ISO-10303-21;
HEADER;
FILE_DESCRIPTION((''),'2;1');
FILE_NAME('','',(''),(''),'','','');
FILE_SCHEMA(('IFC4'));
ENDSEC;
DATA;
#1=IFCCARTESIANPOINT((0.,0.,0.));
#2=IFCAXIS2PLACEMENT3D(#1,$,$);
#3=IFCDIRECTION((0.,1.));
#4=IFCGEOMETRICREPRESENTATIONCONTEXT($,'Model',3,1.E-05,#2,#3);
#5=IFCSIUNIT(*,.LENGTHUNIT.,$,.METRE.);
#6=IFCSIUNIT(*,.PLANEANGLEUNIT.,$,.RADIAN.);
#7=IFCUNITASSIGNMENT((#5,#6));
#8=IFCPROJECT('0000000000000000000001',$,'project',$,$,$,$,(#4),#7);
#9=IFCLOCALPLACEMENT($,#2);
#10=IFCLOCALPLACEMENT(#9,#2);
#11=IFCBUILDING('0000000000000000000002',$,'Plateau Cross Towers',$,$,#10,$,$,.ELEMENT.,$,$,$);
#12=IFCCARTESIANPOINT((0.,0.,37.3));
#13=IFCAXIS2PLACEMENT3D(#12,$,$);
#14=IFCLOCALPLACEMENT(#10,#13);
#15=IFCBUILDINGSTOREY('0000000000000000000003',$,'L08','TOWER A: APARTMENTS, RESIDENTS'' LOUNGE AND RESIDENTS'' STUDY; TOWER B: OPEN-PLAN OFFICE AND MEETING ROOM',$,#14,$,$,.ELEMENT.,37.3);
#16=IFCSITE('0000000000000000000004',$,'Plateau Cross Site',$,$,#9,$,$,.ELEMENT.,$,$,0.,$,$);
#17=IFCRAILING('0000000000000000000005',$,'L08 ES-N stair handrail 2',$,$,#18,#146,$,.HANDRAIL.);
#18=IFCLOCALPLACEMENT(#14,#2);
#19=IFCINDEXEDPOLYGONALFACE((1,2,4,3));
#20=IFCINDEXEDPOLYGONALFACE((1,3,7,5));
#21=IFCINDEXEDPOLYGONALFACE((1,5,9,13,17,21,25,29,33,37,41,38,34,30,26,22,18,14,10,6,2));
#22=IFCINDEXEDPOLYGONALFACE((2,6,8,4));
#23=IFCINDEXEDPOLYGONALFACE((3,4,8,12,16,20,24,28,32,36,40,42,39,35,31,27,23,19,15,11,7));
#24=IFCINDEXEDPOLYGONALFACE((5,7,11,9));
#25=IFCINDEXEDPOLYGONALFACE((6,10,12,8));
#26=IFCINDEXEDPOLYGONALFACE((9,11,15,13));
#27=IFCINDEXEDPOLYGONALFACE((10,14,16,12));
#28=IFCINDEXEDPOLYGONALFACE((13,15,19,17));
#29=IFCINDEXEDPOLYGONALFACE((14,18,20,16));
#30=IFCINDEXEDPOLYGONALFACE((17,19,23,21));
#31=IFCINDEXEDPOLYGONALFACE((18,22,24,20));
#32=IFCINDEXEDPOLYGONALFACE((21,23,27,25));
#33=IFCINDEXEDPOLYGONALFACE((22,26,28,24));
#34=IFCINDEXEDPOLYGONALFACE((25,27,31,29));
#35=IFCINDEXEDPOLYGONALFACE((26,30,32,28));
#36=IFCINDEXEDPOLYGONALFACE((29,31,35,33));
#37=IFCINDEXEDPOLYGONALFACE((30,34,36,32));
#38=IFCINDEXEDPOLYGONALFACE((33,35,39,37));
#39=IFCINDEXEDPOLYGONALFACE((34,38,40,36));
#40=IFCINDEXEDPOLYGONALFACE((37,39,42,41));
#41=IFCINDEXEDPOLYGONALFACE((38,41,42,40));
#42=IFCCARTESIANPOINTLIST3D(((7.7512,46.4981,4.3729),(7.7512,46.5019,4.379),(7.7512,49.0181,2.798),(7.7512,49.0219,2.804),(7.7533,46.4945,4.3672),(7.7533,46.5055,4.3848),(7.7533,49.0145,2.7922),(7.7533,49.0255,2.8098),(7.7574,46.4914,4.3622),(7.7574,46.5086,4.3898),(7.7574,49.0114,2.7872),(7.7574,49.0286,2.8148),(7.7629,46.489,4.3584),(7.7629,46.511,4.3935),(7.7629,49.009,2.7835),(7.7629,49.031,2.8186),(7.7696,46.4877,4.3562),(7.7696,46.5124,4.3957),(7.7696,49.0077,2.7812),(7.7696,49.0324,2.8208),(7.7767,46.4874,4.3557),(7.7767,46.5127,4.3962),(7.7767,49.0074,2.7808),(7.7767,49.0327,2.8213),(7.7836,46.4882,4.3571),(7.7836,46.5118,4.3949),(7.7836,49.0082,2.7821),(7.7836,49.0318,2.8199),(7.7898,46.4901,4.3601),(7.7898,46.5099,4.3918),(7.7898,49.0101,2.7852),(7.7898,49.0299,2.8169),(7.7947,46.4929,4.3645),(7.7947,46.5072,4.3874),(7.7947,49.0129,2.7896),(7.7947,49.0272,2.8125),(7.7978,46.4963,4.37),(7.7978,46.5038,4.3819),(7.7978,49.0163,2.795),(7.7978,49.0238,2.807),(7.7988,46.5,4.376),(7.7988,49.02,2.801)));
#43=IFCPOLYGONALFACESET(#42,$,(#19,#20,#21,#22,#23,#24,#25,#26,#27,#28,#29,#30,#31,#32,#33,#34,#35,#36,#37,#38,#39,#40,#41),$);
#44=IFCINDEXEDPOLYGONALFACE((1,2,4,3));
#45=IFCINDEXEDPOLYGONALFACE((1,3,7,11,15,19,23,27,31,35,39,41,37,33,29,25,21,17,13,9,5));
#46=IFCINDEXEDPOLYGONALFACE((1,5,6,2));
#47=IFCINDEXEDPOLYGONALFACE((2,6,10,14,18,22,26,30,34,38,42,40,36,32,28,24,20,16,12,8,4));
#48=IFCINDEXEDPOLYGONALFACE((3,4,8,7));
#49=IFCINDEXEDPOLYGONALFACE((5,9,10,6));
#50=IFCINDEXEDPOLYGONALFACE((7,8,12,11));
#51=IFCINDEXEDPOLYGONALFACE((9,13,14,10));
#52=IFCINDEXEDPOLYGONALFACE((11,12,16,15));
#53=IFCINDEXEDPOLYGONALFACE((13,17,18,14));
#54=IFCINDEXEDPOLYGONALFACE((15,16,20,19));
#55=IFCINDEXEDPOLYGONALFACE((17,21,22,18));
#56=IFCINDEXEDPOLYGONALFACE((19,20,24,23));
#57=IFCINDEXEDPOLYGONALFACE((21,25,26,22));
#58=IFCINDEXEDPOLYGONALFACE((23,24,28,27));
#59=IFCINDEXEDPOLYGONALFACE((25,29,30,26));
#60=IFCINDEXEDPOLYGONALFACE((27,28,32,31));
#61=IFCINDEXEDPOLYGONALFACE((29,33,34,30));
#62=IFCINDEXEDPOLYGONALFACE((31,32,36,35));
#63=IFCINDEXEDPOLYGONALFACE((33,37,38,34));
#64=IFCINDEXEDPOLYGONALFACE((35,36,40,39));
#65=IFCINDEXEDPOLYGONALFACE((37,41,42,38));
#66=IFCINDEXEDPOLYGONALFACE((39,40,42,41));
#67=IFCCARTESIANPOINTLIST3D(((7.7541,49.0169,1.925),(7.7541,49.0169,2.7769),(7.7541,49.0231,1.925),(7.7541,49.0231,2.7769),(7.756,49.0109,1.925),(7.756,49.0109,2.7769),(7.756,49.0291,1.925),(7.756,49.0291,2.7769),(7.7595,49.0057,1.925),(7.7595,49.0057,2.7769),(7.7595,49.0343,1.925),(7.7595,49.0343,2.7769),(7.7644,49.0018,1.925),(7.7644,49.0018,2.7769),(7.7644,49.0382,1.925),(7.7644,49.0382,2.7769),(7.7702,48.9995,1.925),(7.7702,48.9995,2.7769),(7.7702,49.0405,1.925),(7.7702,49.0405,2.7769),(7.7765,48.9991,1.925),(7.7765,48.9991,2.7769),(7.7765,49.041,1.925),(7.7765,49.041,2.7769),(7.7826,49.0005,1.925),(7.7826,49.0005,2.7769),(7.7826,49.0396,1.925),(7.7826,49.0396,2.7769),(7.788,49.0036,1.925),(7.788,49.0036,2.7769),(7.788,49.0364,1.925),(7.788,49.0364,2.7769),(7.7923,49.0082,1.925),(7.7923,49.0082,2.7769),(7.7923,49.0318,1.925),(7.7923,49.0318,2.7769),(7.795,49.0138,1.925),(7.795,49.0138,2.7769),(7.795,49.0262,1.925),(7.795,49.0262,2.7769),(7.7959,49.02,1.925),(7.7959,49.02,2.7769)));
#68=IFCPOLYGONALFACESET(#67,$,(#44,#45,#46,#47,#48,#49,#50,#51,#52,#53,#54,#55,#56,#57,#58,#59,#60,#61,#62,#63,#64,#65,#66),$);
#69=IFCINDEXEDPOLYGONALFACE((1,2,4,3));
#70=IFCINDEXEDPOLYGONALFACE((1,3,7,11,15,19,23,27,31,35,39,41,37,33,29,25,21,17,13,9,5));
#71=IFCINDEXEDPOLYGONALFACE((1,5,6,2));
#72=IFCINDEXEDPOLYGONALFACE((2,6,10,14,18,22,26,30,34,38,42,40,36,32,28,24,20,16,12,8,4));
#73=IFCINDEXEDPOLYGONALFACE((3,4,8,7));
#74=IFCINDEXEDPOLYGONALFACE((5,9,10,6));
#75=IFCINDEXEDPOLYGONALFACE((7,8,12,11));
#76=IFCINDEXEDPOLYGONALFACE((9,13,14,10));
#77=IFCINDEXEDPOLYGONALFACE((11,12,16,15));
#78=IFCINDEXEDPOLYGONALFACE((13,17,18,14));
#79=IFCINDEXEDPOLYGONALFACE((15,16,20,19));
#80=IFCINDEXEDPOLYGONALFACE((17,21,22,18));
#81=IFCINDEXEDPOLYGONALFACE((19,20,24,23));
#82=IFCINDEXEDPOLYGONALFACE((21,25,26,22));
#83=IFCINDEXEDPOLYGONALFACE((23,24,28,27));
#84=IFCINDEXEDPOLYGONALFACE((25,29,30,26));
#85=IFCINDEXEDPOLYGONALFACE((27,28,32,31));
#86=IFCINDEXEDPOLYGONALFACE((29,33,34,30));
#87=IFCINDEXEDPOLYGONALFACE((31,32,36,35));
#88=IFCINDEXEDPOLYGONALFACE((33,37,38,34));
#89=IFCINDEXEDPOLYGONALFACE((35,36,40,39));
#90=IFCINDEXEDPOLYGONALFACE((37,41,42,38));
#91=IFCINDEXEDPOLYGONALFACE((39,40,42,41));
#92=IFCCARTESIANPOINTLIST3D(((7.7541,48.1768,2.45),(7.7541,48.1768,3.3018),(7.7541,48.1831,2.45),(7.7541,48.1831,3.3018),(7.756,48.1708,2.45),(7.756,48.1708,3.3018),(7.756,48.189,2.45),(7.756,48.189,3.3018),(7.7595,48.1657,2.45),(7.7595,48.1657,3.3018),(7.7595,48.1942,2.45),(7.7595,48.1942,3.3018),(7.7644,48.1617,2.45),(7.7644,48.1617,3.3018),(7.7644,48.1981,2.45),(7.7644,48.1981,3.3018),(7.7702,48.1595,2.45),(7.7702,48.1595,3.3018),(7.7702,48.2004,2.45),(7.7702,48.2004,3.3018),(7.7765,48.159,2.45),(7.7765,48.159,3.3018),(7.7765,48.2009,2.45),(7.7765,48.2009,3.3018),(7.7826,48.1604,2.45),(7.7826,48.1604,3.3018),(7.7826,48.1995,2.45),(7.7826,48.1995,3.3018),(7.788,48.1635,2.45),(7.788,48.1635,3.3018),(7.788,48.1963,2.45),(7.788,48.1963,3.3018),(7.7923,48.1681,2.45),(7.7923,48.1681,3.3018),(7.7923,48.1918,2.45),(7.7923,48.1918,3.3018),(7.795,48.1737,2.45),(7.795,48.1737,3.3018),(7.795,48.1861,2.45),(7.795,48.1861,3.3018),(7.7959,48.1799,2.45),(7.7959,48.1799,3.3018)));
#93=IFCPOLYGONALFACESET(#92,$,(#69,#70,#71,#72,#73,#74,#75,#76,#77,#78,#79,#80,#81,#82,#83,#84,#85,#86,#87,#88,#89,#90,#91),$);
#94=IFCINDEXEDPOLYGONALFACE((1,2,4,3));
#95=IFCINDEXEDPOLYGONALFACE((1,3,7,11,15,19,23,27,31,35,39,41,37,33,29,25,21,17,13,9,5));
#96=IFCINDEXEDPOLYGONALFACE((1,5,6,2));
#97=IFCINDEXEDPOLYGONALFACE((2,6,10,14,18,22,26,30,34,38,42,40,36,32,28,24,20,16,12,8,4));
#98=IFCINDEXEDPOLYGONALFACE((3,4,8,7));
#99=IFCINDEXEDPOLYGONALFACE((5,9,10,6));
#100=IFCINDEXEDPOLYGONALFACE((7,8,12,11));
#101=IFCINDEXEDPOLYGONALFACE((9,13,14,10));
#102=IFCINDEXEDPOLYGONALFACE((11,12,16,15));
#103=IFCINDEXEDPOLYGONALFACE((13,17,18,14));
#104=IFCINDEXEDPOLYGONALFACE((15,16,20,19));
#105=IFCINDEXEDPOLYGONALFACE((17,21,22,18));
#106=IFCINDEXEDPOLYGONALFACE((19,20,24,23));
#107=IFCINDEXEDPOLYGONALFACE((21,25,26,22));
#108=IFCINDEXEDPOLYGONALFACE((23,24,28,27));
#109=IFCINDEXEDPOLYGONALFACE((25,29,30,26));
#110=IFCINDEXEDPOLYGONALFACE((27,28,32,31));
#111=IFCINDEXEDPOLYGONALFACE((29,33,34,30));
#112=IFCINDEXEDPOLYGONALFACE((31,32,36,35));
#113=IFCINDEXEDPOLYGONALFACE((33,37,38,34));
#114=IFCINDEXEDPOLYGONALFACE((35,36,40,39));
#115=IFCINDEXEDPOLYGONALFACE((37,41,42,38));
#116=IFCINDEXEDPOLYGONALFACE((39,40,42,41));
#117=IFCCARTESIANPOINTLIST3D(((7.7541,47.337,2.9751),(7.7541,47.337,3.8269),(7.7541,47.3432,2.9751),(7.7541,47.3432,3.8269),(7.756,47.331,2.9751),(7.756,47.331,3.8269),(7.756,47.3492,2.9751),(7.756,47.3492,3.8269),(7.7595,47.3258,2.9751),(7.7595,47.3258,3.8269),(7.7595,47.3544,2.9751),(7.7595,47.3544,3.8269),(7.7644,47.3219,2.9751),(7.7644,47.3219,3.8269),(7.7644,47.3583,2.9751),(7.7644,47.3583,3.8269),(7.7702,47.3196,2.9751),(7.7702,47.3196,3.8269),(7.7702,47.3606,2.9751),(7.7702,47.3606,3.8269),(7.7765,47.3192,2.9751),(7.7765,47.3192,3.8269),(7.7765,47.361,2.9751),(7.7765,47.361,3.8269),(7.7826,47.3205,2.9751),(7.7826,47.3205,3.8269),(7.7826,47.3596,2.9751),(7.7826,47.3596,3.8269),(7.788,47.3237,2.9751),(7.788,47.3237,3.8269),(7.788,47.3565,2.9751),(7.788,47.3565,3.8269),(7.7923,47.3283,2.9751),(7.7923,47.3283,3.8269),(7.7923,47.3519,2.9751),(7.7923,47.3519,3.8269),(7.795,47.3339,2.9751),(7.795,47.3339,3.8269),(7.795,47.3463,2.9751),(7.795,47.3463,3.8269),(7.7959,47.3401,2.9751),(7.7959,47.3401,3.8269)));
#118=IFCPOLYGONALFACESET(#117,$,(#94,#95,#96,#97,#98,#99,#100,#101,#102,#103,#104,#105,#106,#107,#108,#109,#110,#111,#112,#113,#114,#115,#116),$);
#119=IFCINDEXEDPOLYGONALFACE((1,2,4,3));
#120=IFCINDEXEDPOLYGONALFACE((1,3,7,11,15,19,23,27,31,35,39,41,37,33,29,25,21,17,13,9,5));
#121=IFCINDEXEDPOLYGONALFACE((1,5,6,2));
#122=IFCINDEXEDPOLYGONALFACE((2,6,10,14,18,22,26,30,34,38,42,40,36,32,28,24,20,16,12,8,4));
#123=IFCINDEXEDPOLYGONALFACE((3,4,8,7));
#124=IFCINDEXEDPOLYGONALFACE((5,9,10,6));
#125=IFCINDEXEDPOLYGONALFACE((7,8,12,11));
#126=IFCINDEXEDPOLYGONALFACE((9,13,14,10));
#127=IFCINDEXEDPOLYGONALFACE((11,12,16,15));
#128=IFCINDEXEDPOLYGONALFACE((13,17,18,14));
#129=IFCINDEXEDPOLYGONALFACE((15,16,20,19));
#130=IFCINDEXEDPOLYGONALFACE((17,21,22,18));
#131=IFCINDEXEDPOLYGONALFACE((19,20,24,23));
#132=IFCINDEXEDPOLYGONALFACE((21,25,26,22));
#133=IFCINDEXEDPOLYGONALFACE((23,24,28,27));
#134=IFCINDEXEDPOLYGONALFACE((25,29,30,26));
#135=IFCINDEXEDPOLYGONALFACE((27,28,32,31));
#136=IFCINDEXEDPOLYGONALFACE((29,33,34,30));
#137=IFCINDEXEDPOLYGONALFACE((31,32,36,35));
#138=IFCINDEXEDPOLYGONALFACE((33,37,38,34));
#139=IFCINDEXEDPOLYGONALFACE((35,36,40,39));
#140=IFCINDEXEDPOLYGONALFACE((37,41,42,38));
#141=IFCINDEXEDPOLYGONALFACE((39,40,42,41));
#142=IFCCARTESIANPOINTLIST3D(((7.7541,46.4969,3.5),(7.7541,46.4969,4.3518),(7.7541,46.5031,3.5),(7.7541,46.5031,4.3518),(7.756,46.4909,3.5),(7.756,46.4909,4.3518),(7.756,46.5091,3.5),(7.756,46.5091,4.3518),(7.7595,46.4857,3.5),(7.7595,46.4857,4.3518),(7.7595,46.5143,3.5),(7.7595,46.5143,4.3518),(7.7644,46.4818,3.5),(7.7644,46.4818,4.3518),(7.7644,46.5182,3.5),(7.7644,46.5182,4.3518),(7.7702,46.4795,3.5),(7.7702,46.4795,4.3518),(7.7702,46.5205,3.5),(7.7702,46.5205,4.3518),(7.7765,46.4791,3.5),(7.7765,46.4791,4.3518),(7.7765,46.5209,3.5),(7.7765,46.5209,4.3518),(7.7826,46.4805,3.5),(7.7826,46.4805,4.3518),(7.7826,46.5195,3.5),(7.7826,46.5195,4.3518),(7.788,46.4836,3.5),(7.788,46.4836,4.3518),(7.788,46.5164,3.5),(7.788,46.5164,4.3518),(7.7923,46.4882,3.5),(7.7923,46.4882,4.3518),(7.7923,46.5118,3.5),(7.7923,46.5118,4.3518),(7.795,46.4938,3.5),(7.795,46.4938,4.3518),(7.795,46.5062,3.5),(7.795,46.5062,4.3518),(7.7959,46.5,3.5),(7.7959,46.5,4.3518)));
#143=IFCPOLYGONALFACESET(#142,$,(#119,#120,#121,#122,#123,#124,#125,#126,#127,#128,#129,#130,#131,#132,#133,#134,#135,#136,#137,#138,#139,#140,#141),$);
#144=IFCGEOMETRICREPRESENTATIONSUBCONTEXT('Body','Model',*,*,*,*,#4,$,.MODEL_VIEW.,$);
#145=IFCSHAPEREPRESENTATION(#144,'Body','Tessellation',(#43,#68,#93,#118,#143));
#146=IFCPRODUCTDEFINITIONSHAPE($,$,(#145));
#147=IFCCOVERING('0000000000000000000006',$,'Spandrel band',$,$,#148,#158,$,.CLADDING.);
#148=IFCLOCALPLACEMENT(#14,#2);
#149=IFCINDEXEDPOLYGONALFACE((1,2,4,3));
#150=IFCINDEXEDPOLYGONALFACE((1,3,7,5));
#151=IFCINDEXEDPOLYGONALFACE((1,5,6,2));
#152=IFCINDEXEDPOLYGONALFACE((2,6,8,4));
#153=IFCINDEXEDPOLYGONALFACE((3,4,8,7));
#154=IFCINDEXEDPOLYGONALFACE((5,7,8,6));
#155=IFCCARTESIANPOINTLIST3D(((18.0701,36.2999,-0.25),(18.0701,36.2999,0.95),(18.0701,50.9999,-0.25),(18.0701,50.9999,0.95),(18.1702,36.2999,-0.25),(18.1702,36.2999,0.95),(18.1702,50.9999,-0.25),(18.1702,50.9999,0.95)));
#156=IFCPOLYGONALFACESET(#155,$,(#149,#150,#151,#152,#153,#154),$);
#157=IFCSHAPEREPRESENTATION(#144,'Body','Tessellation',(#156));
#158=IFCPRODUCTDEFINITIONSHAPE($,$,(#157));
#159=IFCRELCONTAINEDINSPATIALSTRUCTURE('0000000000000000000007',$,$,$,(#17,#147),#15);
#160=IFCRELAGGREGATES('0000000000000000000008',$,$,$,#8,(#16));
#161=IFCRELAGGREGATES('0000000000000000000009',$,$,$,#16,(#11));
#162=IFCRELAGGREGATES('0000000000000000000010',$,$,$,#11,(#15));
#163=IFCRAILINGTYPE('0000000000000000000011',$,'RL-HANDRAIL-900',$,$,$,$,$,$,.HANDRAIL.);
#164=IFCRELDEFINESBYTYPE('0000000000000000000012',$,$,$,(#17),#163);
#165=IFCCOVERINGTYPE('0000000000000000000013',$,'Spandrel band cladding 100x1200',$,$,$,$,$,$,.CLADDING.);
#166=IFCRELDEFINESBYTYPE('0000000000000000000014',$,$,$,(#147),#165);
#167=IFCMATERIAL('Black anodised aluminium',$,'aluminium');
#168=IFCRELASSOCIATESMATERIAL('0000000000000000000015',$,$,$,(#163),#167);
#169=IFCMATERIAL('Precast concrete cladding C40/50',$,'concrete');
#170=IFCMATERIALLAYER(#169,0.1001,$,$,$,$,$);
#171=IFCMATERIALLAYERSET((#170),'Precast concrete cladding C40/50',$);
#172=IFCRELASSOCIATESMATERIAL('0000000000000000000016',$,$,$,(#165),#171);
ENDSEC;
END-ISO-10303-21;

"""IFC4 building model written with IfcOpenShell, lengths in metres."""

from ifc_helpers import new_model, si_unit, direction, frame, origin, origin_2d, place, context, subcontext, project, spatial, rectangle, circle, extrude, material, layer, layer_set, type_object, element, save


model = new_model("IFC4")

# Units and contexts
model_context = context("Model", 3, precision=1e-05, world=origin(), true_north=direction((0.0, 1.0)))
body_context = subcontext(model_context, "Body", "Model", "MODEL_VIEW")
ifc_project = project(units=[si_unit("LENGTHUNIT", "METRE"), si_unit("PLANEANGLEUNIT", "RADIAN")], contexts=[model_context])

# Site, building, storey
site_placement = place(None, origin())
site = spatial("IfcSite", under=ifc_project, at=site_placement, Name="Plateau Cross Site", CompositionType="ELEMENT", RefElevation=0.0)
building_placement = place(site_placement, origin())
building = spatial("IfcBuilding", under=site, at=building_placement, Name="Plateau Cross Towers", CompositionType="ELEMENT")
storey_placement = place(building_placement, frame((0.0, 0.0, 37.3)))
storey = spatial("IfcBuildingStorey", under=building, at=storey_placement, Name="L08", Description="TOWER A: APARTMENTS, RESIDENTS' LOUNGE AND RESIDENTS' STUDY; TOWER B: OPEN-PLAN OFFICE AND MEETING ROOM", CompositionType="ELEMENT", Elevation=37.3)

# Shared definitions
ifc_material_1 = material(Name="Black anodised aluminium", Category="aluminium")

# Railing
railing_type_1 = type_object("IfcRailingType", Name="RL-HANDRAIL-900", PredefinedType="HANDRAIL", material=ifc_material_1)
railing_1_placement = place(storey_placement, frame((7.7749, 49.02, 1.925)))
element("IfcRailing", 1, at=railing_1_placement, inside=storey, type_object=railing_type_1, Name="L08 ES-N stair handrail 2", PredefinedType="HANDRAIL", context=body_context, shape_type="SweptSolid", body=[
    extrude(circle(Radius=0.0239, at=origin_2d()), frame((0.0, 0.0, 0.876), z_axis=(0.0, -0.848008, 0.529984), x_axis=(1.0, 0.0, 0.0)), (0.0, 0.0, 1.0), 2.9717),
    extrude(circle(Radius=0.021, at=origin_2d()), origin(), (0.0, 0.0, 1.0), 0.8518),
    extrude(circle(Radius=0.021, at=origin_2d()), frame((0.0, -0.8401, 0.5249)), (0.0, 0.0, 1.0), 0.8518),
    extrude(circle(Radius=0.021, at=origin_2d()), frame((0.0, -1.6799, 1.05)), (0.0, 0.0, 1.0), 0.8518),
    extrude(circle(Radius=0.021, at=origin_2d()), frame((0.0, -2.52, 1.575)), (0.0, 0.0, 1.0), 0.8518),
])

# Covering
ifc_material_2 = material(Name="Precast concrete cladding C40/50", Category="concrete")
ifc_layer_1 = layer(ifc_material_2, 0.1001)
ifc_layer_set_1 = layer_set([ifc_layer_1], Name="Precast concrete cladding C40/50")
covering_type = type_object("IfcCoveringType", Name="Spandrel band cladding 100x1200", PredefinedType="CLADDING", material=ifc_layer_set_1)
covering_placement = place(storey_placement, frame((18.1201, 43.6499, -0.25), z_axis=(0.0, 0.0, 1.0), x_axis=(0.0, 1.0, 0.0)))
element("IfcCovering", 2, at=covering_placement, inside=storey, type_object=covering_type, Name="Spandrel band", PredefinedType="CLADDING", context=body_context, shape_type="SweptSolid", body=[
    extrude(rectangle(XDim=14.7, YDim=0.1001, at=origin_2d()), origin(), (0.0, 0.0, 1.0), 1.2),
])

save(model, "model.ifc")
